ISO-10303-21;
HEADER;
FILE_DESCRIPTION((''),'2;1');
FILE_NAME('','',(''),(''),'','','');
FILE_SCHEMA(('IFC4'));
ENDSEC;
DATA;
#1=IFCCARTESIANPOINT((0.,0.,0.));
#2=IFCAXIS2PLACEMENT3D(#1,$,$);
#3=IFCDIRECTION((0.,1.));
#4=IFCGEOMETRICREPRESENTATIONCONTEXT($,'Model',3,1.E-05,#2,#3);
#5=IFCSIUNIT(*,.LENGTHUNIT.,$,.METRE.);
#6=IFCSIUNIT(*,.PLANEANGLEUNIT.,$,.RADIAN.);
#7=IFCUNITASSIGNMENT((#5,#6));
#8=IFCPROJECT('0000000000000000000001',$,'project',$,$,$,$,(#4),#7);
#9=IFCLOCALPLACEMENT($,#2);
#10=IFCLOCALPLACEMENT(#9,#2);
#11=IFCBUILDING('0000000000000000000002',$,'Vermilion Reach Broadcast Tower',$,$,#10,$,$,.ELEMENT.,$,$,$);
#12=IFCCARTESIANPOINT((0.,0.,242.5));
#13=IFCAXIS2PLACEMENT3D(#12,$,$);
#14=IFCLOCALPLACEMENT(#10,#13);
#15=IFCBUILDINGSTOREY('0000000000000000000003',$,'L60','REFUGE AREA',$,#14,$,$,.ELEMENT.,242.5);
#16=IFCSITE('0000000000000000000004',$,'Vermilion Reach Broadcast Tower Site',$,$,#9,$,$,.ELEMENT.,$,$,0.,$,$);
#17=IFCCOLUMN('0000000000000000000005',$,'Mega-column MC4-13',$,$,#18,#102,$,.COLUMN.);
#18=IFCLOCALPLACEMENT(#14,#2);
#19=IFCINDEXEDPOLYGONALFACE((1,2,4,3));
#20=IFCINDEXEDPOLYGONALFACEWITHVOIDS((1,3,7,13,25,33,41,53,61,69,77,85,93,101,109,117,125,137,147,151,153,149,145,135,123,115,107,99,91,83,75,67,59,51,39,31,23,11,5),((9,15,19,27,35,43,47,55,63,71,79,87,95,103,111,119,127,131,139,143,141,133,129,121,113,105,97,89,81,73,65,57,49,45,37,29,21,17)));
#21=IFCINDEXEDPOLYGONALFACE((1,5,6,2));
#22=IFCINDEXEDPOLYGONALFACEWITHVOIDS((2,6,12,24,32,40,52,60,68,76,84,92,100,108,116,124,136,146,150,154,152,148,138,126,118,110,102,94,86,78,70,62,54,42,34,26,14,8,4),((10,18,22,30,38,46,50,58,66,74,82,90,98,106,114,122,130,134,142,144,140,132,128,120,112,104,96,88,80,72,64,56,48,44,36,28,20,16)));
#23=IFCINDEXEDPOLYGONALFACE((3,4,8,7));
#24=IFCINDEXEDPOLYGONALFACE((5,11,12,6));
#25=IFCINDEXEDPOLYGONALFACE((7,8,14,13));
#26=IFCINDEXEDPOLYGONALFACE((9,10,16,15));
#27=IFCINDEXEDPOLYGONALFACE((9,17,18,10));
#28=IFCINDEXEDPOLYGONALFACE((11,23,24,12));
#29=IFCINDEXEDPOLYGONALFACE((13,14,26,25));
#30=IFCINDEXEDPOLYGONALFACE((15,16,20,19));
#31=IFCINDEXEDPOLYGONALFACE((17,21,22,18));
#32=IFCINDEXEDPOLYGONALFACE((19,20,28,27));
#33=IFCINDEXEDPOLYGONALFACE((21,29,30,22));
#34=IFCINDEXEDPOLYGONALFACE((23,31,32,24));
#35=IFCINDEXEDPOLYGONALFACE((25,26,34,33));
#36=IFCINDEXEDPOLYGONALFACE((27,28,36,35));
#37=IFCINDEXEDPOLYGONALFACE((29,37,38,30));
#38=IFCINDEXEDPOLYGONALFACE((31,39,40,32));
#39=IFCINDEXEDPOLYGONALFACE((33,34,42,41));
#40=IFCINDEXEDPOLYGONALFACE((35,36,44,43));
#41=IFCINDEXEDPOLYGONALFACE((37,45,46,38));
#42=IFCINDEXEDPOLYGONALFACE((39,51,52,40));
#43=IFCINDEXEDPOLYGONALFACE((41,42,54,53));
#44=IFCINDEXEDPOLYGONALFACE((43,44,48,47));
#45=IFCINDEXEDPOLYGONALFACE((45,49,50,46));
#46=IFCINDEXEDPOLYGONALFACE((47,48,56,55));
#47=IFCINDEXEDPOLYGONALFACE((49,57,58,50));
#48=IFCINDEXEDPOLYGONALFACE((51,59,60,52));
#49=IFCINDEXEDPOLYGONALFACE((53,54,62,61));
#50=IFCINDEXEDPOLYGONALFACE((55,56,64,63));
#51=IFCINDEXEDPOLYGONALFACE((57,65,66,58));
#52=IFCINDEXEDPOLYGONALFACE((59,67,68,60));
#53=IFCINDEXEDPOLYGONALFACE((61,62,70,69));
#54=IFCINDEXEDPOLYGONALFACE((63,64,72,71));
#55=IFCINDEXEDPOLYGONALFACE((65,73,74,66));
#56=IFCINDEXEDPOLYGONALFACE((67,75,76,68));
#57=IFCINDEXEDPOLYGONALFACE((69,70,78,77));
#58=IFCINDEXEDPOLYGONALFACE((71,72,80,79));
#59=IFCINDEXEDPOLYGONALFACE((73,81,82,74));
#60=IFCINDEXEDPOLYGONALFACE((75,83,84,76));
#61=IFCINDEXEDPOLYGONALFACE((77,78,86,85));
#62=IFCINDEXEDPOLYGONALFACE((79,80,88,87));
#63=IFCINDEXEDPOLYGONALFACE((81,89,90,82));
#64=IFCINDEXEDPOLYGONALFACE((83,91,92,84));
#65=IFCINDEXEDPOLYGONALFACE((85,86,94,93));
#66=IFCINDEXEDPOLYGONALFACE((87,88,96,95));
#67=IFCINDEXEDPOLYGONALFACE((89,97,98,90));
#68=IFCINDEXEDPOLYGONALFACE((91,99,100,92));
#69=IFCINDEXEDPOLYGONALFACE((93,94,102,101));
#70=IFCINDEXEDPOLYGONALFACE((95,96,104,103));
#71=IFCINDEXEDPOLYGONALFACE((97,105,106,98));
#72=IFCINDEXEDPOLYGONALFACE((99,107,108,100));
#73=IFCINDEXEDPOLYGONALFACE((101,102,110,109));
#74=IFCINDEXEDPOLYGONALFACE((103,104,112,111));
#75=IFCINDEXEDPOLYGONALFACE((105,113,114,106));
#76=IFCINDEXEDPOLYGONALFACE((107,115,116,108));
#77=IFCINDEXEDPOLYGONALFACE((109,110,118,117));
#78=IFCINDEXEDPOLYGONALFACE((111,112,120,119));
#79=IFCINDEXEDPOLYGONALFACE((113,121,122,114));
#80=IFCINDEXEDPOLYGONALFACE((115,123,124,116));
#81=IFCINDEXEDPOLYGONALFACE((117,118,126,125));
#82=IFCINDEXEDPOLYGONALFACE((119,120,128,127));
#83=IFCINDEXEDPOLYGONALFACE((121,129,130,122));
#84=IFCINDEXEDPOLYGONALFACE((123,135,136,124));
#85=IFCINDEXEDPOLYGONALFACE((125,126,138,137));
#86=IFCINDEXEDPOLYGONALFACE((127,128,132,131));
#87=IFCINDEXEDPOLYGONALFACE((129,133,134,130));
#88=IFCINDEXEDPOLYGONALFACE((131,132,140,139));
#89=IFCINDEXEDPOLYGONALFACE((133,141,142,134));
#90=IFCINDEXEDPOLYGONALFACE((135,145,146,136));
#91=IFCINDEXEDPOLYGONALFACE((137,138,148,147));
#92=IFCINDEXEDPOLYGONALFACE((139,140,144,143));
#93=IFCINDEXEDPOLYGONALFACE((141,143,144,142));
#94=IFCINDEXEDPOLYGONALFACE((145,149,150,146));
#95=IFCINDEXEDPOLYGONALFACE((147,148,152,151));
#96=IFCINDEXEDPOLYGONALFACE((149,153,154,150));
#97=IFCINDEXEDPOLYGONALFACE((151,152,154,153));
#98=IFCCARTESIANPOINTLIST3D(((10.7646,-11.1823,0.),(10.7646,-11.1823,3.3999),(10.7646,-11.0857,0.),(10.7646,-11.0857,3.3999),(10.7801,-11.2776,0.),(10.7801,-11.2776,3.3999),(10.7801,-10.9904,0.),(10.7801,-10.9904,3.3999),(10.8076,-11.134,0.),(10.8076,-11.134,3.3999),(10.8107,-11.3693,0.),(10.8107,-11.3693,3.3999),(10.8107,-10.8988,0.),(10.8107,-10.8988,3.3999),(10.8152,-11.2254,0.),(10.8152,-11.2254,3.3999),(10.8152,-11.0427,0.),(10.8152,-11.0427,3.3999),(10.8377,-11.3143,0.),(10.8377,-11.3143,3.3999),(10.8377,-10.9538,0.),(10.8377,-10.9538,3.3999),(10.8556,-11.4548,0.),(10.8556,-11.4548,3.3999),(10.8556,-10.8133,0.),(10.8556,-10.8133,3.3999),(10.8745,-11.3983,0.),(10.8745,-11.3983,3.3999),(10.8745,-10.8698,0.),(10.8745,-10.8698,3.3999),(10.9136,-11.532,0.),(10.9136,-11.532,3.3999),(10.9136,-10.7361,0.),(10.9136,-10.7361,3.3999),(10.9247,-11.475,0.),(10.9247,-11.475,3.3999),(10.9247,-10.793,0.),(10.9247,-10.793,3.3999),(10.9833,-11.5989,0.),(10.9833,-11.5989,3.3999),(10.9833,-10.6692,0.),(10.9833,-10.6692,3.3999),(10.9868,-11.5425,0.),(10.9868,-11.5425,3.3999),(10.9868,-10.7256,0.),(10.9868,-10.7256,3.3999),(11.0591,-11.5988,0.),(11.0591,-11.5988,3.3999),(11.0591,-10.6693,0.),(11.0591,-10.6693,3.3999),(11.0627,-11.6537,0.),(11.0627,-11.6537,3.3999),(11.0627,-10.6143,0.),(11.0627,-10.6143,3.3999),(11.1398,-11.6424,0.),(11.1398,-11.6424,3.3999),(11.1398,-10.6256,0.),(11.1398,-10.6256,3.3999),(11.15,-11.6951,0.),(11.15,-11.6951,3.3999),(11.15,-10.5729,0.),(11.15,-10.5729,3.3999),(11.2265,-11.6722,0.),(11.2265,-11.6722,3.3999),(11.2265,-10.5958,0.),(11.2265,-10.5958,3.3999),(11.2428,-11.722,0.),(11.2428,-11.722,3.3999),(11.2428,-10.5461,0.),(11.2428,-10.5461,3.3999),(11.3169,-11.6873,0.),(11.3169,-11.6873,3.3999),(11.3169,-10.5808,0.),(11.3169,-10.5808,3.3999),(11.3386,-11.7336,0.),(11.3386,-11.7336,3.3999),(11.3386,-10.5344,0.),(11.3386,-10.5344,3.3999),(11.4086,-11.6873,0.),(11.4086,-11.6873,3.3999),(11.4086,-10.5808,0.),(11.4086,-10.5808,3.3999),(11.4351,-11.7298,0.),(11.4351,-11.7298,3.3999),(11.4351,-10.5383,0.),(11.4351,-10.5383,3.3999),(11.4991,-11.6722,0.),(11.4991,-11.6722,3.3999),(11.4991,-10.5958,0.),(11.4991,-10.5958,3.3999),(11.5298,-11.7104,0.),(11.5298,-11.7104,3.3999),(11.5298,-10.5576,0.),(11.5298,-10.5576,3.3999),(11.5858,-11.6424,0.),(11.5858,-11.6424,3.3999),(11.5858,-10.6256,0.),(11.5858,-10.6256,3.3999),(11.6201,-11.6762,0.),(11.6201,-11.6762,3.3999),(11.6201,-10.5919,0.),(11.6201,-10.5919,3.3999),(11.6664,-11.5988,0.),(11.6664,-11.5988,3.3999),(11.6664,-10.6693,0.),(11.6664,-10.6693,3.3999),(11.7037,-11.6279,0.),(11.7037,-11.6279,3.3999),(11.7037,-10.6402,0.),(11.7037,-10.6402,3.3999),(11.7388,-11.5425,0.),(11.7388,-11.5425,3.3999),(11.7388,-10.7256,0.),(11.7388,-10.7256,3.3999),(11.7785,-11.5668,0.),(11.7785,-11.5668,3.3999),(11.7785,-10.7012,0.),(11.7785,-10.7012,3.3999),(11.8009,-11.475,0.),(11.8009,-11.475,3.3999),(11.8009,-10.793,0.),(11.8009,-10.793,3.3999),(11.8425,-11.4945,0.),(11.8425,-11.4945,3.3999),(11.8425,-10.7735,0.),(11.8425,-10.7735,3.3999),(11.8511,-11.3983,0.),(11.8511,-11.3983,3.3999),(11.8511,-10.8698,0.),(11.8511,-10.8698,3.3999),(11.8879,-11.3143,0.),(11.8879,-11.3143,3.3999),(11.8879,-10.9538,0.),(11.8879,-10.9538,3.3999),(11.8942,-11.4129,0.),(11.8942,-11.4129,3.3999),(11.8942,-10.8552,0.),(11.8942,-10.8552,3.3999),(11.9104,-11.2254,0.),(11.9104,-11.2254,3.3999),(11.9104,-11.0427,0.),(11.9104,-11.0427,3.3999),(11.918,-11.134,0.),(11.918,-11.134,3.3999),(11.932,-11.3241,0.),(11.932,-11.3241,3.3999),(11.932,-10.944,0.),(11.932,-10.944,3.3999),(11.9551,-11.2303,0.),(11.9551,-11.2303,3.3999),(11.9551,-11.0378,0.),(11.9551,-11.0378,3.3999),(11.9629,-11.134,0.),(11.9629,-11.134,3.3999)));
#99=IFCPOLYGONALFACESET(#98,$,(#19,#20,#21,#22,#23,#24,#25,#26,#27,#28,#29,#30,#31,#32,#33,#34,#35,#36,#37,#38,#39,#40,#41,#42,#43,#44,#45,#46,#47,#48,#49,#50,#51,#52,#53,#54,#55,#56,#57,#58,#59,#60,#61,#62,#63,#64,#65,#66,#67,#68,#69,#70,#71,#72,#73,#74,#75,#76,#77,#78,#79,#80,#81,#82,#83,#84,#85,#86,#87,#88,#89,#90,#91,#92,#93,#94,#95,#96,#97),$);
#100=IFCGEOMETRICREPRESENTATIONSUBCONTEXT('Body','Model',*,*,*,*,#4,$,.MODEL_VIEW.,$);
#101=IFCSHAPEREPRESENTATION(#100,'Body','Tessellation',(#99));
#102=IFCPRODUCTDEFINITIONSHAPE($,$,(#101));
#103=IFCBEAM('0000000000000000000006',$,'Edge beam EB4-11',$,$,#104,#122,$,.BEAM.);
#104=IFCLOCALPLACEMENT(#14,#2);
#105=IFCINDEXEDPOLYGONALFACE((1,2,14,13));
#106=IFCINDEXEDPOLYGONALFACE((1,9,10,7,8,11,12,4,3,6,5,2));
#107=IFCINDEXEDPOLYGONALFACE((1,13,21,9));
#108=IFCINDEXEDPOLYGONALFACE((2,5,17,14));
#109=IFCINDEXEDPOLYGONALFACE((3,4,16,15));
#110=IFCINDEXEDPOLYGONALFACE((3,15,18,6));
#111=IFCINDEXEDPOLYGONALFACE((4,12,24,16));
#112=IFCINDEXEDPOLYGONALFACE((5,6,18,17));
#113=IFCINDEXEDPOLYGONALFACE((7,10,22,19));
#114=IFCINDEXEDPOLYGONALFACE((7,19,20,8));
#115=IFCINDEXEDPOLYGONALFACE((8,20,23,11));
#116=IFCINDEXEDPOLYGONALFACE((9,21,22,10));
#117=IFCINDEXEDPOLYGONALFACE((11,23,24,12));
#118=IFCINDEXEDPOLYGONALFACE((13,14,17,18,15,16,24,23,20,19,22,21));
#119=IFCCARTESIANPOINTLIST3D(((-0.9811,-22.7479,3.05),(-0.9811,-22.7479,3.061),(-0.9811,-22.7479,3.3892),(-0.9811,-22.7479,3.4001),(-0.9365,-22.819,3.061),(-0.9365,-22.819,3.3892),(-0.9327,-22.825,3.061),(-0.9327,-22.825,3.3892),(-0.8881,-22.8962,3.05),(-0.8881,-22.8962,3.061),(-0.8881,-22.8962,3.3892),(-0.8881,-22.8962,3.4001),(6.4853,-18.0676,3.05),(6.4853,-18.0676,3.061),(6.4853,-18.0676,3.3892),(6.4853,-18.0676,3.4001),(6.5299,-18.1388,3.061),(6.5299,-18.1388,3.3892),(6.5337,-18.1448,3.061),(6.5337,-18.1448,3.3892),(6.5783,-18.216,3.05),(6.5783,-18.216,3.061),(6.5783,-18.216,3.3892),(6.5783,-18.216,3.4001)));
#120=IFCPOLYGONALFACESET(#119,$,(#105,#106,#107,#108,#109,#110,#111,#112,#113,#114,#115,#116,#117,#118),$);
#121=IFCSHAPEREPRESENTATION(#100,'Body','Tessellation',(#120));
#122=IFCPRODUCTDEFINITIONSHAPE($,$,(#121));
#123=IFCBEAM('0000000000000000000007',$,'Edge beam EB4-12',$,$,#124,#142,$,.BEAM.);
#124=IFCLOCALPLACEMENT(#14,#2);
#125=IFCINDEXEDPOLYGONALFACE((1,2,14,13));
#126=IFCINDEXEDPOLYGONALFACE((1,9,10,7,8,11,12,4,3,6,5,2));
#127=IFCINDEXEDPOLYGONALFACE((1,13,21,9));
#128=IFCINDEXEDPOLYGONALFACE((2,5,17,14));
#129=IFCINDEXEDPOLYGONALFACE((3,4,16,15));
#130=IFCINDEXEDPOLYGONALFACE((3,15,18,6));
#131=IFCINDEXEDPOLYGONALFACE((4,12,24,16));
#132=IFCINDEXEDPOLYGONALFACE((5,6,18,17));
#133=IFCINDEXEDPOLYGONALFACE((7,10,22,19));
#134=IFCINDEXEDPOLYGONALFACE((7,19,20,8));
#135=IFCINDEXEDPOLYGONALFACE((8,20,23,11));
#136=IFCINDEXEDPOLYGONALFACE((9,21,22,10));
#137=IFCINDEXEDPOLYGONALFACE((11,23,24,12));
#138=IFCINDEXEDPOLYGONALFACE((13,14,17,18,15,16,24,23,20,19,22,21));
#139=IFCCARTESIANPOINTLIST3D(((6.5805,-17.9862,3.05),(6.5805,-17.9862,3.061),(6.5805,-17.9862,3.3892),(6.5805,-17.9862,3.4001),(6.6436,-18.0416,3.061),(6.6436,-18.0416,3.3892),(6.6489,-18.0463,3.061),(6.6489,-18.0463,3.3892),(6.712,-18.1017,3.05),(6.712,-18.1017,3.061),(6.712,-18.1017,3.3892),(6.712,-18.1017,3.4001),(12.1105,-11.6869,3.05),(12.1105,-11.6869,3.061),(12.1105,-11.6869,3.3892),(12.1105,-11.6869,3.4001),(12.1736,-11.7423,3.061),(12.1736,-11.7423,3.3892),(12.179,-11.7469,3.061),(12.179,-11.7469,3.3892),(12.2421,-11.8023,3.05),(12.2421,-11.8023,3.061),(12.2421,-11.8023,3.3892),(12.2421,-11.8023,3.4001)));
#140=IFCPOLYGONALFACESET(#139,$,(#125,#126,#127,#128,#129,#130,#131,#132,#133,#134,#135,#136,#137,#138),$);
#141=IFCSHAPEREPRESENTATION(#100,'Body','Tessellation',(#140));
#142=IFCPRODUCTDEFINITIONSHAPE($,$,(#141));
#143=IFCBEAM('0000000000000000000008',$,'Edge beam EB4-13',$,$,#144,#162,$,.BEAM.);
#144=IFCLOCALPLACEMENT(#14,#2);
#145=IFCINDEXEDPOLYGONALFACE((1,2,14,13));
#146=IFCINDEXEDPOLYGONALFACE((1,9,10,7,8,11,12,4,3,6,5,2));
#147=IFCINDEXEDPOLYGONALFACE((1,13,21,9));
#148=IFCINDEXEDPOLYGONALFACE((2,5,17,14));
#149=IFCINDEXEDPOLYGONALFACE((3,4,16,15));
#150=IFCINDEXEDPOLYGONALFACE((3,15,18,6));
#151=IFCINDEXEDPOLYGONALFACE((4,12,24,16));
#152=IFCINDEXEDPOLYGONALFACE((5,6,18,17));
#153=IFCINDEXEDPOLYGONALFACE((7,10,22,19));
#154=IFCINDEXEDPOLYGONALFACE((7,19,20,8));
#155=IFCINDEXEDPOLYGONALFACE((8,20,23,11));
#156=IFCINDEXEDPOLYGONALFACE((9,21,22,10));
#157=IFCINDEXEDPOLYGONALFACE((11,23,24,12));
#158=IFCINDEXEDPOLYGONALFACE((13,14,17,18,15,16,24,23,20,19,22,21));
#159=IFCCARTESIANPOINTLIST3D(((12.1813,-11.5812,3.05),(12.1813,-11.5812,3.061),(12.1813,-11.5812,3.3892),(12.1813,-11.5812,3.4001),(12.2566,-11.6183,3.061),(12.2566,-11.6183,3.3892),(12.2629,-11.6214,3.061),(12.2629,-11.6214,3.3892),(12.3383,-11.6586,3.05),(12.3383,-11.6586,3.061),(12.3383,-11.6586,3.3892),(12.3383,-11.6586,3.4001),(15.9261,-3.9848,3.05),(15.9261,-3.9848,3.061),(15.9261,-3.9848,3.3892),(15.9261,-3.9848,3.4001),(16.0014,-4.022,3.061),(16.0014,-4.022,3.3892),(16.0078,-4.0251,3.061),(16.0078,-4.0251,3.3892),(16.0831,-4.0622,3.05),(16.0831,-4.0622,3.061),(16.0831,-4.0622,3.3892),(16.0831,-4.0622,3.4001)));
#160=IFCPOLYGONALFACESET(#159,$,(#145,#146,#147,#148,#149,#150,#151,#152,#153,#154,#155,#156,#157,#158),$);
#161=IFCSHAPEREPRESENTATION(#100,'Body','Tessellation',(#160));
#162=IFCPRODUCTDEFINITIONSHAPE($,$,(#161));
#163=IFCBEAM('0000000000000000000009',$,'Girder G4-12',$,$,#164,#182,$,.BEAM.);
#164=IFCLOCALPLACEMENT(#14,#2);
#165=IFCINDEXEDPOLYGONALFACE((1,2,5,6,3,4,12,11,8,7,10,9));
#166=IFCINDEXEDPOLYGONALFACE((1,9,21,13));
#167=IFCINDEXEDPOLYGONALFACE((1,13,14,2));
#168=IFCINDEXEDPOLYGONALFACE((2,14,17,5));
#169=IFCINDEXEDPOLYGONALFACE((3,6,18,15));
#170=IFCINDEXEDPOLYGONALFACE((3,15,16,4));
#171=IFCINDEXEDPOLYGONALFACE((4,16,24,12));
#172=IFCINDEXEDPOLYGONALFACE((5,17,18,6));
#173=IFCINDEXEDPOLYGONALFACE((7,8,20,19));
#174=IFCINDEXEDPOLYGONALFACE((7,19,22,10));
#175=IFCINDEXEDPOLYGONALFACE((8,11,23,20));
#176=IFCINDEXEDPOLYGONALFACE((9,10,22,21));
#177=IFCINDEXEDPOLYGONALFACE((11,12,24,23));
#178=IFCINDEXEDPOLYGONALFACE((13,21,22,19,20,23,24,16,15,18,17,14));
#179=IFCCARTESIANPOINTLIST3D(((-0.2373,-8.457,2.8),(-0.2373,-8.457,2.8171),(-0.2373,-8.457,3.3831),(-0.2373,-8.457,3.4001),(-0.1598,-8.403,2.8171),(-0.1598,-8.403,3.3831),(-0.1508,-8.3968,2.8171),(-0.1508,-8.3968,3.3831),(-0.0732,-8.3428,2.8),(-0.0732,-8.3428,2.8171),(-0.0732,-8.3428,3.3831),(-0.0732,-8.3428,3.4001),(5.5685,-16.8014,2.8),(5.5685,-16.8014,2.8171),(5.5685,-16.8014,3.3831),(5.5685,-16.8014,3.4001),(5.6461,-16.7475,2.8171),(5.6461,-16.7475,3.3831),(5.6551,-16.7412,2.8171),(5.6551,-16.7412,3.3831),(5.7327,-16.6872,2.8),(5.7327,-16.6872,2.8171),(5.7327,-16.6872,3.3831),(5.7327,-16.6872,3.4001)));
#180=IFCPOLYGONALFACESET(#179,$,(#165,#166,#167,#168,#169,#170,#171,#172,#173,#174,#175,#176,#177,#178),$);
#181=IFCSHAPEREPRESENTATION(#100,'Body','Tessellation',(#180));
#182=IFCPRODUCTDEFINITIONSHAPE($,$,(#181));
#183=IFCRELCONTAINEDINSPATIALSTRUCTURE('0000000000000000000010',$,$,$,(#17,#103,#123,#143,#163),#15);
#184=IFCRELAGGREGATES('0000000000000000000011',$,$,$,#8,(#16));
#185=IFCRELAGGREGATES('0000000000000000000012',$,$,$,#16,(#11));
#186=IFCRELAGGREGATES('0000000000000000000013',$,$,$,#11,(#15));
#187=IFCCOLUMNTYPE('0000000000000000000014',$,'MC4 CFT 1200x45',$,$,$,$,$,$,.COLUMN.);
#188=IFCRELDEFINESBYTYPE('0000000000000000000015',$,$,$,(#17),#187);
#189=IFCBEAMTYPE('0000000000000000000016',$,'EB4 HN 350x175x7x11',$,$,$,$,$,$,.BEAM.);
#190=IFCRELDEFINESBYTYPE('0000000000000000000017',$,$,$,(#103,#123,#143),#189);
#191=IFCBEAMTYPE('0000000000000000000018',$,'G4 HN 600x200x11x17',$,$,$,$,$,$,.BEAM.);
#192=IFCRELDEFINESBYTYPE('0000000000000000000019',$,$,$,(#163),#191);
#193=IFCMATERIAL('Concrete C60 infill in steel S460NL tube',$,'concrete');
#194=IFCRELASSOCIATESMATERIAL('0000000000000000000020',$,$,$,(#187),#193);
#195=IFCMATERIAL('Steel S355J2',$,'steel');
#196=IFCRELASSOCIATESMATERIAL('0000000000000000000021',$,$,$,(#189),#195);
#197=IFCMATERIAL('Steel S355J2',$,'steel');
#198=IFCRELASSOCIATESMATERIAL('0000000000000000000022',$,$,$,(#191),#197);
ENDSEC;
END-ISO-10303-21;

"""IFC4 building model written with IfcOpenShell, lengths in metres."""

from ifc_helpers import new_model, si_unit, direction, frame, origin, origin_2d, place, context, subcontext, project, spatial, hollow_circle, i_section, extrude, material, material_profile, profile_set, type_object, element, save


model = new_model("IFC4")

# Units and contexts
model_context = context("Model", 3, precision=1e-05, world=origin(), true_north=direction((0.0, 1.0)))
body_context = subcontext(model_context, "Body", "Model", "MODEL_VIEW")
ifc_project = project(units=[si_unit("LENGTHUNIT", "METRE"), si_unit("PLANEANGLEUNIT", "RADIAN")], contexts=[model_context])

# Site, building, storey
site_placement = place(None, origin())
site = spatial("IfcSite", under=ifc_project, at=site_placement, Name="Vermilion Reach Broadcast Tower Site", CompositionType="ELEMENT", RefElevation=0.0)
building_placement = place(site_placement, origin())
building = spatial("IfcBuilding", under=site, at=building_placement, Name="Vermilion Reach Broadcast Tower", CompositionType="ELEMENT")
storey_placement = place(building_placement, frame((0.0, 0.0, 242.5)))
storey = spatial("IfcBuildingStorey", under=building, at=storey_placement, Name="L60", Description="REFUGE AREA", CompositionType="ELEMENT", Elevation=242.5)

# Column
ifc_material_1 = material(Name="Concrete C60 infill in steel S460NL tube", Category="concrete")
ifc_material_profile_1 = material_profile(ifc_material_1, hollow_circle(Radius=0.6001, WallThickness=0.0449, at=origin_2d()), Name="Concrete C60 infill in steel S460NL tube CFT 1200x45")
ifc_profile_set_1 = profile_set([ifc_material_profile_1], Name="Concrete C60 infill in steel S460NL tube")
column_type = type_object("IfcColumnType", Name="MC4 CFT 1200x45", PredefinedType="COLUMN", material=ifc_profile_set_1)
for number, where, z_axis, x_axis, name in (
    (1, (11.3628, -11.134, 0.0), (0.0, 0.0, 1.0), (1.0, 0.0, 0.0), "Mega-column MC4-13"),
):
    element("IfcColumn", number, at=place(storey_placement, frame(where, z_axis=z_axis, x_axis=x_axis)), inside=storey, type_object=column_type, Name=name, PredefinedType="COLUMN", context=body_context, shape_type="SweptSolid", body=[
        extrude(hollow_circle(Radius=0.6001, WallThickness=0.0449, at=origin_2d()), origin(), (0.0, 0.0, 1.0), 3.3999),
    ])

# Beams
ifc_material_2 = material(Name="Steel S355J2", Category="steel")
ifc_material_profile_2 = material_profile(ifc_material_2, i_section(OverallWidth=0.175, OverallDepth=0.3501, WebThickness=0.0071, FlangeThickness=0.011, at=origin_2d()), Name="S355J2 HN 350x175x7x11")
ifc_profile_set_2 = profile_set([ifc_material_profile_2], Name="Steel S355J2")
beam_type_1 = type_object("IfcBeamType", Name="EB4 HN 350x175x7x11", PredefinedType="BEAM", material=ifc_profile_set_2)
beam_1_placement = place(storey_placement, frame((-0.9346, -22.822, 3.2251), z_axis=(0.847297, 0.531119, 0.0), x_axis=(-0.531119, 0.847297, 0.0)))
element("IfcBeam", 2, at=beam_1_placement, inside=storey, type_object=beam_type_1, Name="Edge beam EB4-11", PredefinedType="BEAM", context=body_context, shape_type="SweptSolid", body=[
    extrude(i_section(OverallWidth=0.175, OverallDepth=0.3501, WebThickness=0.0071, FlangeThickness=0.011, at=origin_2d()), origin(), (0.0, 0.0, 1.0), 8.812),
])
beam_2_placement = place(storey_placement, frame((6.6462, -18.0439, 3.2251), z_axis=(0.659729, 0.751504, 0.0), x_axis=(-0.751504, 0.659729, 0.0)))
element("IfcBeam", 3, at=beam_2_placement, inside=storey, type_object=beam_type_1, Name="Edge beam EB4-12", PredefinedType="BEAM", context=body_context, shape_type="SweptSolid", body=[
    extrude(i_section(OverallWidth=0.175, OverallDepth=0.3501, WebThickness=0.0071, FlangeThickness=0.011, at=origin_2d()), origin(), (0.0, 0.0, 1.0), 8.3823),
])
beam_3_placement = place(storey_placement, frame((12.2598, -11.6199, 3.2251), z_axis=(0.442168, 0.896932, 0.0), x_axis=(-0.896932, 0.442168, 0.0)))
element("IfcBeam", 4, at=beam_3_placement, inside=storey, type_object=beam_type_1, Name="Edge beam EB4-13", PredefinedType="BEAM", context=body_context, shape_type="SweptSolid", body=[
    extrude(i_section(OverallWidth=0.175, OverallDepth=0.3501, WebThickness=0.0071, FlangeThickness=0.011, at=origin_2d()), origin(), (0.0, 0.0, 1.0), 8.4692),
])
ifc_material_3 = material(Name="Steel S355J2", Category="steel")
ifc_material_profile_3 = material_profile(ifc_material_3, i_section(OverallWidth=0.2, OverallDepth=0.6001, WebThickness=0.011, FlangeThickness=0.0171, at=origin_2d()), Name="S355J2 HN 600x200x11x17")
ifc_profile_set_3 = profile_set([ifc_material_profile_3], Name="Steel S355J2")
beam_type_2 = type_object("IfcBeamType", Name="G4 HN 600x200x11x17", PredefinedType="BEAM", material=ifc_profile_set_3)
beam_4_placement = place(storey_placement, frame((-0.1553, -8.3999, 3.1001), z_axis=(0.571134, -0.820857, 0.0), x_axis=(0.820857, 0.571134, 0.0)))
element("IfcBeam", 5, at=beam_4_placement, inside=storey, type_object=beam_type_2, Name="Girder G4-12", PredefinedType="BEAM", context=body_context, shape_type="SweptSolid", body=[
    extrude(i_section(OverallWidth=0.2, OverallDepth=0.6001, WebThickness=0.011, FlangeThickness=0.0171, at=origin_2d()), origin(), (0.0, 0.0, 1.0), 10.1655),
])

save(model, "model.ifc")
